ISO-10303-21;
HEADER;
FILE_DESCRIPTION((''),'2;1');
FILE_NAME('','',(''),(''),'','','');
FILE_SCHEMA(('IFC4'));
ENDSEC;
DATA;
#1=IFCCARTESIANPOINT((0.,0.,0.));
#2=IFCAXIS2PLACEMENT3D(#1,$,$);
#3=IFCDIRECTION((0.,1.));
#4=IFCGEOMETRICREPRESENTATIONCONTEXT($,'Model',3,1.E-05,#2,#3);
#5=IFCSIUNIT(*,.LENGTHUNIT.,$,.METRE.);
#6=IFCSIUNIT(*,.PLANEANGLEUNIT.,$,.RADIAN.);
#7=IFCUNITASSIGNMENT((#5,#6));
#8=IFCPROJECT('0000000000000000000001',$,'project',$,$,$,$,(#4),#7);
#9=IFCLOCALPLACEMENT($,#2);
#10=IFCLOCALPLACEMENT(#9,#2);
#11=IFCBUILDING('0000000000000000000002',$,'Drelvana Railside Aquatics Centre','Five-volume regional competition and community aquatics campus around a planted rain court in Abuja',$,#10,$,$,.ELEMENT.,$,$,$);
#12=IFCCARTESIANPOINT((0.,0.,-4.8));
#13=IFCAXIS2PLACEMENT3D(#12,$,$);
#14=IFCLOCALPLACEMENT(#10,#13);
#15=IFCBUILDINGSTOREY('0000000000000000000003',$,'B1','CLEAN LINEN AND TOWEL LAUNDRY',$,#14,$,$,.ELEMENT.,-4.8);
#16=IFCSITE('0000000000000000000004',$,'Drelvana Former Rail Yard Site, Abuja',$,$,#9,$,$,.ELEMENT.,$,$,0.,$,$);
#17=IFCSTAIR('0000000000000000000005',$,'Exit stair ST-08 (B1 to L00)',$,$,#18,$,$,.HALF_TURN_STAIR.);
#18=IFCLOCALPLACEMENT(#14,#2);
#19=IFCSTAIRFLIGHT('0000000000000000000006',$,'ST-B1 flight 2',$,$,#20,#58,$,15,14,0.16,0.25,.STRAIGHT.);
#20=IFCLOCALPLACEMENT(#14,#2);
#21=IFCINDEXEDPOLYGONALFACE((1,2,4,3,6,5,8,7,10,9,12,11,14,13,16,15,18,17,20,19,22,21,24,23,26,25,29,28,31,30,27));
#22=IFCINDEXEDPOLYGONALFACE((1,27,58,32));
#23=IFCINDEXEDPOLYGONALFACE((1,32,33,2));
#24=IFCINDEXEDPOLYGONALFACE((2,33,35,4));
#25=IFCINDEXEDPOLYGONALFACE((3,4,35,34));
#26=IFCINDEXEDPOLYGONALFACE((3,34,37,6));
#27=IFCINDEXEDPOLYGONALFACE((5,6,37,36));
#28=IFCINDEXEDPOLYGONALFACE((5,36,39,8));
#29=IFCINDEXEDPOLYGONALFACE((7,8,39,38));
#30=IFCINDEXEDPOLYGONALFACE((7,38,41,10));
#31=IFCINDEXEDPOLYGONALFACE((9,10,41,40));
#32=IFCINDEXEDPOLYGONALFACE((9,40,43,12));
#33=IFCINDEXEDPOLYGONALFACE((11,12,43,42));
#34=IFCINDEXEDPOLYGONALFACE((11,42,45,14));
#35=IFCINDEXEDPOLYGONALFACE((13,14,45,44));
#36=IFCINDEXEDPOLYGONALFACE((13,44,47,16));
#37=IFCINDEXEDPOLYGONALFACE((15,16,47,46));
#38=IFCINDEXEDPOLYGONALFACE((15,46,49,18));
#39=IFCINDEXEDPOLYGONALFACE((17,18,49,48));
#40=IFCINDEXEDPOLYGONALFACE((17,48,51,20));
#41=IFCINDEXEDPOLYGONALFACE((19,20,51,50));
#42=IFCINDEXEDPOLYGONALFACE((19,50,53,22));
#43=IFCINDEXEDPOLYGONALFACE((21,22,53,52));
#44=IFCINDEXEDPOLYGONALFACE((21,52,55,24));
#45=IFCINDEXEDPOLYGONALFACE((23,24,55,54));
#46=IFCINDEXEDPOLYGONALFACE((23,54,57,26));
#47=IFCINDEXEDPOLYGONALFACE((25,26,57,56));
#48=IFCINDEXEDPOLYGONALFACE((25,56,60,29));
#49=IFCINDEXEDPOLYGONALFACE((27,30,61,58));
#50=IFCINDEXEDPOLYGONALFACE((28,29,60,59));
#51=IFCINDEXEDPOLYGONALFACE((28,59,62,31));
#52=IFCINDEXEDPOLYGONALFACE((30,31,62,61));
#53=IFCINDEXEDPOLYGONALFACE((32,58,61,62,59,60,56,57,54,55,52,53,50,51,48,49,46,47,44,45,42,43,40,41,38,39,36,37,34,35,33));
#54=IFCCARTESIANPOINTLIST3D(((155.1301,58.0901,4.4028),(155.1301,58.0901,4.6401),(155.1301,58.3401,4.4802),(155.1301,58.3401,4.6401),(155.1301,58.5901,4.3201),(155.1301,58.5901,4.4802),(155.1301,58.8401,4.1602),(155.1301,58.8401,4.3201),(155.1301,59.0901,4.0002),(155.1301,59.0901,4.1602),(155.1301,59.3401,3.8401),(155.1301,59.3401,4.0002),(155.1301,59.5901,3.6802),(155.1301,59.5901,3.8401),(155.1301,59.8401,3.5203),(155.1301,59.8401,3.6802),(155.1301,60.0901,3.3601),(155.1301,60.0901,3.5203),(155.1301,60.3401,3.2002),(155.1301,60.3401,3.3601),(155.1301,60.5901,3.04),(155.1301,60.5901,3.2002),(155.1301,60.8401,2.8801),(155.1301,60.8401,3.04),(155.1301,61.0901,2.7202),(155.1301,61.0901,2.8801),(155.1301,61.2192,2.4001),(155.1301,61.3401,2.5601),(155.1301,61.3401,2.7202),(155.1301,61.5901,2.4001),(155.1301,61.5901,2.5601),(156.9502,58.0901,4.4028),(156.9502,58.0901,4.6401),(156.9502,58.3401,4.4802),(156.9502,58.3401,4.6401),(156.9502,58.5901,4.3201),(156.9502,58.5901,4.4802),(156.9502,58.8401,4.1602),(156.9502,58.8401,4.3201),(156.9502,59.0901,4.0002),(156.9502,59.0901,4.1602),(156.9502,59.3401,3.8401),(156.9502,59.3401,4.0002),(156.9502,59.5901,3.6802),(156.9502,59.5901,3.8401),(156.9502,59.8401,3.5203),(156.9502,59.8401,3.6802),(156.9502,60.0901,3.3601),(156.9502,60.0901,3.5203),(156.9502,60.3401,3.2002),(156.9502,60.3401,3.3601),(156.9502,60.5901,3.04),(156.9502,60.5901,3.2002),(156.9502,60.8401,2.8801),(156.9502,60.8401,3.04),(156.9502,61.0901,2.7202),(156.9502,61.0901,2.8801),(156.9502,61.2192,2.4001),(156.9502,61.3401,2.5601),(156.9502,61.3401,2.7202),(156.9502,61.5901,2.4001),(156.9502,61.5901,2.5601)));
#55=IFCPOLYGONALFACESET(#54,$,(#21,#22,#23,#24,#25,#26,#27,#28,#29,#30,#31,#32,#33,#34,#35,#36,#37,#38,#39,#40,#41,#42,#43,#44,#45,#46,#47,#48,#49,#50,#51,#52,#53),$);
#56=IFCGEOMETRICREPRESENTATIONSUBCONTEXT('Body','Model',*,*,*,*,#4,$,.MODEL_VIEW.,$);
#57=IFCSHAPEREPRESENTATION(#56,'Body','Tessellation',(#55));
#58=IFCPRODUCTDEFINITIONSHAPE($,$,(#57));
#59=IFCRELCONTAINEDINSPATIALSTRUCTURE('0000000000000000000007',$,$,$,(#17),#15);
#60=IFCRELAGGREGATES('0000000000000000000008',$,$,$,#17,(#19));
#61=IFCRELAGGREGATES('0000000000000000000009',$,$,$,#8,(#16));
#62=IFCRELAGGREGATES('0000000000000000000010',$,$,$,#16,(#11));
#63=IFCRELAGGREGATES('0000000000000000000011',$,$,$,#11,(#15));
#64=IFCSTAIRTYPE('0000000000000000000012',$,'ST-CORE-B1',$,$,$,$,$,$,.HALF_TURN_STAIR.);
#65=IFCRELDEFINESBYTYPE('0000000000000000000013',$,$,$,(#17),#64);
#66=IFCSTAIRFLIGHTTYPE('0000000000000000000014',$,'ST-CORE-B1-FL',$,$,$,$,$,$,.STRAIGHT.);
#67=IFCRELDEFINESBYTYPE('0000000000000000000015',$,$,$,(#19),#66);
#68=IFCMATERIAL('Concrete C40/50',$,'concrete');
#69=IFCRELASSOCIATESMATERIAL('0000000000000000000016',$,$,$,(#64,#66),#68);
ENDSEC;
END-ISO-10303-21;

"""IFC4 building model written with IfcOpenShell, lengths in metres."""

from ifc_helpers import new_model, si_unit, direction, frame, origin, place, context, subcontext, project, spatial, polyline, outline, extrude, material, type_object, element, aggregate, save


model = new_model("IFC4")

# Units and contexts
model_context = context("Model", 3, precision=1e-05, world=origin(), true_north=direction((0.0, 1.0)))
body_context = subcontext(model_context, "Body", "Model", "MODEL_VIEW")
ifc_project = project(units=[si_unit("LENGTHUNIT", "METRE"), si_unit("PLANEANGLEUNIT", "RADIAN")], contexts=[model_context])

# Site, building, storey
site_placement = place(None, origin())
site = spatial("IfcSite", under=ifc_project, at=site_placement, Name="Drelvana Former Rail Yard Site, Abuja", CompositionType="ELEMENT", RefElevation=0.0)
building_placement = place(site_placement, origin())
building = spatial("IfcBuilding", under=site, at=building_placement, Name="Drelvana Railside Aquatics Centre", Description="Five-volume regional competition and community aquatics campus around a planted rain court in Abuja", CompositionType="ELEMENT")
storey_placement = place(building_placement, frame((0.0, 0.0, -4.8)))
storey = spatial("IfcBuildingStorey", under=building, at=storey_placement, Name="B1", Description="CLEAN LINEN AND TOWEL LAUNDRY", CompositionType="ELEMENT", Elevation=-4.8)

# Shared definitions
ifc_material_1 = material(Name="Concrete C40/50", Category="concrete")

# Stair, stair flight
stair_type = type_object("IfcStairType", Name="ST-CORE-B1", PredefinedType="HALF_TURN_STAIR", material=ifc_material_1)
stair_placement = place(storey_placement, origin())
stair = element("IfcStair", 1, at=stair_placement, inside=storey, type_object=stair_type, Name="Exit stair ST-08 (B1 to L00)", PredefinedType="HALF_TURN_STAIR")
stair_flight_type = type_object("IfcStairFlightType", Name="ST-CORE-B1-FL", PredefinedType="STRAIGHT", material=ifc_material_1)
stair_flight_placement = place(storey_placement, frame((156.04, 61.5901, 2.4001), z_axis=(0.0, 0.0, 1.0), x_axis=(0.0, -1.0, 0.0)))
stair_flight = element("IfcStairFlight", 2, at=stair_flight_placement, type_object=stair_flight_type, Name="ST-B1 flight 2", NumberOfRisers=15, NumberOfTreads=14, PredefinedType="STRAIGHT", RiserHeight=0.16, TreadLength=0.25, context=body_context, shape_type="SweptSolid", body=[
    extrude(outline(polyline([(0.0, 0.0), (0.0, 0.1599), (0.25, 0.1599), (0.25, 0.3201), (0.5, 0.3201), (0.5, 0.48), (0.75, 0.48), (0.75, 0.6399), (1.0, 0.6399), (1.0, 0.8), (1.25, 0.8), (1.25, 0.96), (1.5, 0.96), (1.5, 1.1201), (1.75, 1.1201), (1.75, 1.28), (2.0, 1.28), (2.0, 1.4399), (2.25, 1.4399), (2.25, 1.6001), (2.5, 1.6001), (2.5, 1.76), (2.75, 1.76), (2.75, 1.9199), (3.0, 1.9199), (3.0, 2.0801), (3.25, 2.0801), (3.25, 2.24), (3.5, 2.24), (3.5, 2.3999), (3.5, 2.0027), (0.3708, 0.0), (0.0, 0.0)])), frame((0.0, 0.9102, 0.0), z_axis=(0.0, -1.0, 0.0), x_axis=(1.0, 0.0, 0.0)), (0.0, 0.0, 1.0), 1.8201),
])
aggregate(stair, [stair_flight])

save(model, "model.ifc")
